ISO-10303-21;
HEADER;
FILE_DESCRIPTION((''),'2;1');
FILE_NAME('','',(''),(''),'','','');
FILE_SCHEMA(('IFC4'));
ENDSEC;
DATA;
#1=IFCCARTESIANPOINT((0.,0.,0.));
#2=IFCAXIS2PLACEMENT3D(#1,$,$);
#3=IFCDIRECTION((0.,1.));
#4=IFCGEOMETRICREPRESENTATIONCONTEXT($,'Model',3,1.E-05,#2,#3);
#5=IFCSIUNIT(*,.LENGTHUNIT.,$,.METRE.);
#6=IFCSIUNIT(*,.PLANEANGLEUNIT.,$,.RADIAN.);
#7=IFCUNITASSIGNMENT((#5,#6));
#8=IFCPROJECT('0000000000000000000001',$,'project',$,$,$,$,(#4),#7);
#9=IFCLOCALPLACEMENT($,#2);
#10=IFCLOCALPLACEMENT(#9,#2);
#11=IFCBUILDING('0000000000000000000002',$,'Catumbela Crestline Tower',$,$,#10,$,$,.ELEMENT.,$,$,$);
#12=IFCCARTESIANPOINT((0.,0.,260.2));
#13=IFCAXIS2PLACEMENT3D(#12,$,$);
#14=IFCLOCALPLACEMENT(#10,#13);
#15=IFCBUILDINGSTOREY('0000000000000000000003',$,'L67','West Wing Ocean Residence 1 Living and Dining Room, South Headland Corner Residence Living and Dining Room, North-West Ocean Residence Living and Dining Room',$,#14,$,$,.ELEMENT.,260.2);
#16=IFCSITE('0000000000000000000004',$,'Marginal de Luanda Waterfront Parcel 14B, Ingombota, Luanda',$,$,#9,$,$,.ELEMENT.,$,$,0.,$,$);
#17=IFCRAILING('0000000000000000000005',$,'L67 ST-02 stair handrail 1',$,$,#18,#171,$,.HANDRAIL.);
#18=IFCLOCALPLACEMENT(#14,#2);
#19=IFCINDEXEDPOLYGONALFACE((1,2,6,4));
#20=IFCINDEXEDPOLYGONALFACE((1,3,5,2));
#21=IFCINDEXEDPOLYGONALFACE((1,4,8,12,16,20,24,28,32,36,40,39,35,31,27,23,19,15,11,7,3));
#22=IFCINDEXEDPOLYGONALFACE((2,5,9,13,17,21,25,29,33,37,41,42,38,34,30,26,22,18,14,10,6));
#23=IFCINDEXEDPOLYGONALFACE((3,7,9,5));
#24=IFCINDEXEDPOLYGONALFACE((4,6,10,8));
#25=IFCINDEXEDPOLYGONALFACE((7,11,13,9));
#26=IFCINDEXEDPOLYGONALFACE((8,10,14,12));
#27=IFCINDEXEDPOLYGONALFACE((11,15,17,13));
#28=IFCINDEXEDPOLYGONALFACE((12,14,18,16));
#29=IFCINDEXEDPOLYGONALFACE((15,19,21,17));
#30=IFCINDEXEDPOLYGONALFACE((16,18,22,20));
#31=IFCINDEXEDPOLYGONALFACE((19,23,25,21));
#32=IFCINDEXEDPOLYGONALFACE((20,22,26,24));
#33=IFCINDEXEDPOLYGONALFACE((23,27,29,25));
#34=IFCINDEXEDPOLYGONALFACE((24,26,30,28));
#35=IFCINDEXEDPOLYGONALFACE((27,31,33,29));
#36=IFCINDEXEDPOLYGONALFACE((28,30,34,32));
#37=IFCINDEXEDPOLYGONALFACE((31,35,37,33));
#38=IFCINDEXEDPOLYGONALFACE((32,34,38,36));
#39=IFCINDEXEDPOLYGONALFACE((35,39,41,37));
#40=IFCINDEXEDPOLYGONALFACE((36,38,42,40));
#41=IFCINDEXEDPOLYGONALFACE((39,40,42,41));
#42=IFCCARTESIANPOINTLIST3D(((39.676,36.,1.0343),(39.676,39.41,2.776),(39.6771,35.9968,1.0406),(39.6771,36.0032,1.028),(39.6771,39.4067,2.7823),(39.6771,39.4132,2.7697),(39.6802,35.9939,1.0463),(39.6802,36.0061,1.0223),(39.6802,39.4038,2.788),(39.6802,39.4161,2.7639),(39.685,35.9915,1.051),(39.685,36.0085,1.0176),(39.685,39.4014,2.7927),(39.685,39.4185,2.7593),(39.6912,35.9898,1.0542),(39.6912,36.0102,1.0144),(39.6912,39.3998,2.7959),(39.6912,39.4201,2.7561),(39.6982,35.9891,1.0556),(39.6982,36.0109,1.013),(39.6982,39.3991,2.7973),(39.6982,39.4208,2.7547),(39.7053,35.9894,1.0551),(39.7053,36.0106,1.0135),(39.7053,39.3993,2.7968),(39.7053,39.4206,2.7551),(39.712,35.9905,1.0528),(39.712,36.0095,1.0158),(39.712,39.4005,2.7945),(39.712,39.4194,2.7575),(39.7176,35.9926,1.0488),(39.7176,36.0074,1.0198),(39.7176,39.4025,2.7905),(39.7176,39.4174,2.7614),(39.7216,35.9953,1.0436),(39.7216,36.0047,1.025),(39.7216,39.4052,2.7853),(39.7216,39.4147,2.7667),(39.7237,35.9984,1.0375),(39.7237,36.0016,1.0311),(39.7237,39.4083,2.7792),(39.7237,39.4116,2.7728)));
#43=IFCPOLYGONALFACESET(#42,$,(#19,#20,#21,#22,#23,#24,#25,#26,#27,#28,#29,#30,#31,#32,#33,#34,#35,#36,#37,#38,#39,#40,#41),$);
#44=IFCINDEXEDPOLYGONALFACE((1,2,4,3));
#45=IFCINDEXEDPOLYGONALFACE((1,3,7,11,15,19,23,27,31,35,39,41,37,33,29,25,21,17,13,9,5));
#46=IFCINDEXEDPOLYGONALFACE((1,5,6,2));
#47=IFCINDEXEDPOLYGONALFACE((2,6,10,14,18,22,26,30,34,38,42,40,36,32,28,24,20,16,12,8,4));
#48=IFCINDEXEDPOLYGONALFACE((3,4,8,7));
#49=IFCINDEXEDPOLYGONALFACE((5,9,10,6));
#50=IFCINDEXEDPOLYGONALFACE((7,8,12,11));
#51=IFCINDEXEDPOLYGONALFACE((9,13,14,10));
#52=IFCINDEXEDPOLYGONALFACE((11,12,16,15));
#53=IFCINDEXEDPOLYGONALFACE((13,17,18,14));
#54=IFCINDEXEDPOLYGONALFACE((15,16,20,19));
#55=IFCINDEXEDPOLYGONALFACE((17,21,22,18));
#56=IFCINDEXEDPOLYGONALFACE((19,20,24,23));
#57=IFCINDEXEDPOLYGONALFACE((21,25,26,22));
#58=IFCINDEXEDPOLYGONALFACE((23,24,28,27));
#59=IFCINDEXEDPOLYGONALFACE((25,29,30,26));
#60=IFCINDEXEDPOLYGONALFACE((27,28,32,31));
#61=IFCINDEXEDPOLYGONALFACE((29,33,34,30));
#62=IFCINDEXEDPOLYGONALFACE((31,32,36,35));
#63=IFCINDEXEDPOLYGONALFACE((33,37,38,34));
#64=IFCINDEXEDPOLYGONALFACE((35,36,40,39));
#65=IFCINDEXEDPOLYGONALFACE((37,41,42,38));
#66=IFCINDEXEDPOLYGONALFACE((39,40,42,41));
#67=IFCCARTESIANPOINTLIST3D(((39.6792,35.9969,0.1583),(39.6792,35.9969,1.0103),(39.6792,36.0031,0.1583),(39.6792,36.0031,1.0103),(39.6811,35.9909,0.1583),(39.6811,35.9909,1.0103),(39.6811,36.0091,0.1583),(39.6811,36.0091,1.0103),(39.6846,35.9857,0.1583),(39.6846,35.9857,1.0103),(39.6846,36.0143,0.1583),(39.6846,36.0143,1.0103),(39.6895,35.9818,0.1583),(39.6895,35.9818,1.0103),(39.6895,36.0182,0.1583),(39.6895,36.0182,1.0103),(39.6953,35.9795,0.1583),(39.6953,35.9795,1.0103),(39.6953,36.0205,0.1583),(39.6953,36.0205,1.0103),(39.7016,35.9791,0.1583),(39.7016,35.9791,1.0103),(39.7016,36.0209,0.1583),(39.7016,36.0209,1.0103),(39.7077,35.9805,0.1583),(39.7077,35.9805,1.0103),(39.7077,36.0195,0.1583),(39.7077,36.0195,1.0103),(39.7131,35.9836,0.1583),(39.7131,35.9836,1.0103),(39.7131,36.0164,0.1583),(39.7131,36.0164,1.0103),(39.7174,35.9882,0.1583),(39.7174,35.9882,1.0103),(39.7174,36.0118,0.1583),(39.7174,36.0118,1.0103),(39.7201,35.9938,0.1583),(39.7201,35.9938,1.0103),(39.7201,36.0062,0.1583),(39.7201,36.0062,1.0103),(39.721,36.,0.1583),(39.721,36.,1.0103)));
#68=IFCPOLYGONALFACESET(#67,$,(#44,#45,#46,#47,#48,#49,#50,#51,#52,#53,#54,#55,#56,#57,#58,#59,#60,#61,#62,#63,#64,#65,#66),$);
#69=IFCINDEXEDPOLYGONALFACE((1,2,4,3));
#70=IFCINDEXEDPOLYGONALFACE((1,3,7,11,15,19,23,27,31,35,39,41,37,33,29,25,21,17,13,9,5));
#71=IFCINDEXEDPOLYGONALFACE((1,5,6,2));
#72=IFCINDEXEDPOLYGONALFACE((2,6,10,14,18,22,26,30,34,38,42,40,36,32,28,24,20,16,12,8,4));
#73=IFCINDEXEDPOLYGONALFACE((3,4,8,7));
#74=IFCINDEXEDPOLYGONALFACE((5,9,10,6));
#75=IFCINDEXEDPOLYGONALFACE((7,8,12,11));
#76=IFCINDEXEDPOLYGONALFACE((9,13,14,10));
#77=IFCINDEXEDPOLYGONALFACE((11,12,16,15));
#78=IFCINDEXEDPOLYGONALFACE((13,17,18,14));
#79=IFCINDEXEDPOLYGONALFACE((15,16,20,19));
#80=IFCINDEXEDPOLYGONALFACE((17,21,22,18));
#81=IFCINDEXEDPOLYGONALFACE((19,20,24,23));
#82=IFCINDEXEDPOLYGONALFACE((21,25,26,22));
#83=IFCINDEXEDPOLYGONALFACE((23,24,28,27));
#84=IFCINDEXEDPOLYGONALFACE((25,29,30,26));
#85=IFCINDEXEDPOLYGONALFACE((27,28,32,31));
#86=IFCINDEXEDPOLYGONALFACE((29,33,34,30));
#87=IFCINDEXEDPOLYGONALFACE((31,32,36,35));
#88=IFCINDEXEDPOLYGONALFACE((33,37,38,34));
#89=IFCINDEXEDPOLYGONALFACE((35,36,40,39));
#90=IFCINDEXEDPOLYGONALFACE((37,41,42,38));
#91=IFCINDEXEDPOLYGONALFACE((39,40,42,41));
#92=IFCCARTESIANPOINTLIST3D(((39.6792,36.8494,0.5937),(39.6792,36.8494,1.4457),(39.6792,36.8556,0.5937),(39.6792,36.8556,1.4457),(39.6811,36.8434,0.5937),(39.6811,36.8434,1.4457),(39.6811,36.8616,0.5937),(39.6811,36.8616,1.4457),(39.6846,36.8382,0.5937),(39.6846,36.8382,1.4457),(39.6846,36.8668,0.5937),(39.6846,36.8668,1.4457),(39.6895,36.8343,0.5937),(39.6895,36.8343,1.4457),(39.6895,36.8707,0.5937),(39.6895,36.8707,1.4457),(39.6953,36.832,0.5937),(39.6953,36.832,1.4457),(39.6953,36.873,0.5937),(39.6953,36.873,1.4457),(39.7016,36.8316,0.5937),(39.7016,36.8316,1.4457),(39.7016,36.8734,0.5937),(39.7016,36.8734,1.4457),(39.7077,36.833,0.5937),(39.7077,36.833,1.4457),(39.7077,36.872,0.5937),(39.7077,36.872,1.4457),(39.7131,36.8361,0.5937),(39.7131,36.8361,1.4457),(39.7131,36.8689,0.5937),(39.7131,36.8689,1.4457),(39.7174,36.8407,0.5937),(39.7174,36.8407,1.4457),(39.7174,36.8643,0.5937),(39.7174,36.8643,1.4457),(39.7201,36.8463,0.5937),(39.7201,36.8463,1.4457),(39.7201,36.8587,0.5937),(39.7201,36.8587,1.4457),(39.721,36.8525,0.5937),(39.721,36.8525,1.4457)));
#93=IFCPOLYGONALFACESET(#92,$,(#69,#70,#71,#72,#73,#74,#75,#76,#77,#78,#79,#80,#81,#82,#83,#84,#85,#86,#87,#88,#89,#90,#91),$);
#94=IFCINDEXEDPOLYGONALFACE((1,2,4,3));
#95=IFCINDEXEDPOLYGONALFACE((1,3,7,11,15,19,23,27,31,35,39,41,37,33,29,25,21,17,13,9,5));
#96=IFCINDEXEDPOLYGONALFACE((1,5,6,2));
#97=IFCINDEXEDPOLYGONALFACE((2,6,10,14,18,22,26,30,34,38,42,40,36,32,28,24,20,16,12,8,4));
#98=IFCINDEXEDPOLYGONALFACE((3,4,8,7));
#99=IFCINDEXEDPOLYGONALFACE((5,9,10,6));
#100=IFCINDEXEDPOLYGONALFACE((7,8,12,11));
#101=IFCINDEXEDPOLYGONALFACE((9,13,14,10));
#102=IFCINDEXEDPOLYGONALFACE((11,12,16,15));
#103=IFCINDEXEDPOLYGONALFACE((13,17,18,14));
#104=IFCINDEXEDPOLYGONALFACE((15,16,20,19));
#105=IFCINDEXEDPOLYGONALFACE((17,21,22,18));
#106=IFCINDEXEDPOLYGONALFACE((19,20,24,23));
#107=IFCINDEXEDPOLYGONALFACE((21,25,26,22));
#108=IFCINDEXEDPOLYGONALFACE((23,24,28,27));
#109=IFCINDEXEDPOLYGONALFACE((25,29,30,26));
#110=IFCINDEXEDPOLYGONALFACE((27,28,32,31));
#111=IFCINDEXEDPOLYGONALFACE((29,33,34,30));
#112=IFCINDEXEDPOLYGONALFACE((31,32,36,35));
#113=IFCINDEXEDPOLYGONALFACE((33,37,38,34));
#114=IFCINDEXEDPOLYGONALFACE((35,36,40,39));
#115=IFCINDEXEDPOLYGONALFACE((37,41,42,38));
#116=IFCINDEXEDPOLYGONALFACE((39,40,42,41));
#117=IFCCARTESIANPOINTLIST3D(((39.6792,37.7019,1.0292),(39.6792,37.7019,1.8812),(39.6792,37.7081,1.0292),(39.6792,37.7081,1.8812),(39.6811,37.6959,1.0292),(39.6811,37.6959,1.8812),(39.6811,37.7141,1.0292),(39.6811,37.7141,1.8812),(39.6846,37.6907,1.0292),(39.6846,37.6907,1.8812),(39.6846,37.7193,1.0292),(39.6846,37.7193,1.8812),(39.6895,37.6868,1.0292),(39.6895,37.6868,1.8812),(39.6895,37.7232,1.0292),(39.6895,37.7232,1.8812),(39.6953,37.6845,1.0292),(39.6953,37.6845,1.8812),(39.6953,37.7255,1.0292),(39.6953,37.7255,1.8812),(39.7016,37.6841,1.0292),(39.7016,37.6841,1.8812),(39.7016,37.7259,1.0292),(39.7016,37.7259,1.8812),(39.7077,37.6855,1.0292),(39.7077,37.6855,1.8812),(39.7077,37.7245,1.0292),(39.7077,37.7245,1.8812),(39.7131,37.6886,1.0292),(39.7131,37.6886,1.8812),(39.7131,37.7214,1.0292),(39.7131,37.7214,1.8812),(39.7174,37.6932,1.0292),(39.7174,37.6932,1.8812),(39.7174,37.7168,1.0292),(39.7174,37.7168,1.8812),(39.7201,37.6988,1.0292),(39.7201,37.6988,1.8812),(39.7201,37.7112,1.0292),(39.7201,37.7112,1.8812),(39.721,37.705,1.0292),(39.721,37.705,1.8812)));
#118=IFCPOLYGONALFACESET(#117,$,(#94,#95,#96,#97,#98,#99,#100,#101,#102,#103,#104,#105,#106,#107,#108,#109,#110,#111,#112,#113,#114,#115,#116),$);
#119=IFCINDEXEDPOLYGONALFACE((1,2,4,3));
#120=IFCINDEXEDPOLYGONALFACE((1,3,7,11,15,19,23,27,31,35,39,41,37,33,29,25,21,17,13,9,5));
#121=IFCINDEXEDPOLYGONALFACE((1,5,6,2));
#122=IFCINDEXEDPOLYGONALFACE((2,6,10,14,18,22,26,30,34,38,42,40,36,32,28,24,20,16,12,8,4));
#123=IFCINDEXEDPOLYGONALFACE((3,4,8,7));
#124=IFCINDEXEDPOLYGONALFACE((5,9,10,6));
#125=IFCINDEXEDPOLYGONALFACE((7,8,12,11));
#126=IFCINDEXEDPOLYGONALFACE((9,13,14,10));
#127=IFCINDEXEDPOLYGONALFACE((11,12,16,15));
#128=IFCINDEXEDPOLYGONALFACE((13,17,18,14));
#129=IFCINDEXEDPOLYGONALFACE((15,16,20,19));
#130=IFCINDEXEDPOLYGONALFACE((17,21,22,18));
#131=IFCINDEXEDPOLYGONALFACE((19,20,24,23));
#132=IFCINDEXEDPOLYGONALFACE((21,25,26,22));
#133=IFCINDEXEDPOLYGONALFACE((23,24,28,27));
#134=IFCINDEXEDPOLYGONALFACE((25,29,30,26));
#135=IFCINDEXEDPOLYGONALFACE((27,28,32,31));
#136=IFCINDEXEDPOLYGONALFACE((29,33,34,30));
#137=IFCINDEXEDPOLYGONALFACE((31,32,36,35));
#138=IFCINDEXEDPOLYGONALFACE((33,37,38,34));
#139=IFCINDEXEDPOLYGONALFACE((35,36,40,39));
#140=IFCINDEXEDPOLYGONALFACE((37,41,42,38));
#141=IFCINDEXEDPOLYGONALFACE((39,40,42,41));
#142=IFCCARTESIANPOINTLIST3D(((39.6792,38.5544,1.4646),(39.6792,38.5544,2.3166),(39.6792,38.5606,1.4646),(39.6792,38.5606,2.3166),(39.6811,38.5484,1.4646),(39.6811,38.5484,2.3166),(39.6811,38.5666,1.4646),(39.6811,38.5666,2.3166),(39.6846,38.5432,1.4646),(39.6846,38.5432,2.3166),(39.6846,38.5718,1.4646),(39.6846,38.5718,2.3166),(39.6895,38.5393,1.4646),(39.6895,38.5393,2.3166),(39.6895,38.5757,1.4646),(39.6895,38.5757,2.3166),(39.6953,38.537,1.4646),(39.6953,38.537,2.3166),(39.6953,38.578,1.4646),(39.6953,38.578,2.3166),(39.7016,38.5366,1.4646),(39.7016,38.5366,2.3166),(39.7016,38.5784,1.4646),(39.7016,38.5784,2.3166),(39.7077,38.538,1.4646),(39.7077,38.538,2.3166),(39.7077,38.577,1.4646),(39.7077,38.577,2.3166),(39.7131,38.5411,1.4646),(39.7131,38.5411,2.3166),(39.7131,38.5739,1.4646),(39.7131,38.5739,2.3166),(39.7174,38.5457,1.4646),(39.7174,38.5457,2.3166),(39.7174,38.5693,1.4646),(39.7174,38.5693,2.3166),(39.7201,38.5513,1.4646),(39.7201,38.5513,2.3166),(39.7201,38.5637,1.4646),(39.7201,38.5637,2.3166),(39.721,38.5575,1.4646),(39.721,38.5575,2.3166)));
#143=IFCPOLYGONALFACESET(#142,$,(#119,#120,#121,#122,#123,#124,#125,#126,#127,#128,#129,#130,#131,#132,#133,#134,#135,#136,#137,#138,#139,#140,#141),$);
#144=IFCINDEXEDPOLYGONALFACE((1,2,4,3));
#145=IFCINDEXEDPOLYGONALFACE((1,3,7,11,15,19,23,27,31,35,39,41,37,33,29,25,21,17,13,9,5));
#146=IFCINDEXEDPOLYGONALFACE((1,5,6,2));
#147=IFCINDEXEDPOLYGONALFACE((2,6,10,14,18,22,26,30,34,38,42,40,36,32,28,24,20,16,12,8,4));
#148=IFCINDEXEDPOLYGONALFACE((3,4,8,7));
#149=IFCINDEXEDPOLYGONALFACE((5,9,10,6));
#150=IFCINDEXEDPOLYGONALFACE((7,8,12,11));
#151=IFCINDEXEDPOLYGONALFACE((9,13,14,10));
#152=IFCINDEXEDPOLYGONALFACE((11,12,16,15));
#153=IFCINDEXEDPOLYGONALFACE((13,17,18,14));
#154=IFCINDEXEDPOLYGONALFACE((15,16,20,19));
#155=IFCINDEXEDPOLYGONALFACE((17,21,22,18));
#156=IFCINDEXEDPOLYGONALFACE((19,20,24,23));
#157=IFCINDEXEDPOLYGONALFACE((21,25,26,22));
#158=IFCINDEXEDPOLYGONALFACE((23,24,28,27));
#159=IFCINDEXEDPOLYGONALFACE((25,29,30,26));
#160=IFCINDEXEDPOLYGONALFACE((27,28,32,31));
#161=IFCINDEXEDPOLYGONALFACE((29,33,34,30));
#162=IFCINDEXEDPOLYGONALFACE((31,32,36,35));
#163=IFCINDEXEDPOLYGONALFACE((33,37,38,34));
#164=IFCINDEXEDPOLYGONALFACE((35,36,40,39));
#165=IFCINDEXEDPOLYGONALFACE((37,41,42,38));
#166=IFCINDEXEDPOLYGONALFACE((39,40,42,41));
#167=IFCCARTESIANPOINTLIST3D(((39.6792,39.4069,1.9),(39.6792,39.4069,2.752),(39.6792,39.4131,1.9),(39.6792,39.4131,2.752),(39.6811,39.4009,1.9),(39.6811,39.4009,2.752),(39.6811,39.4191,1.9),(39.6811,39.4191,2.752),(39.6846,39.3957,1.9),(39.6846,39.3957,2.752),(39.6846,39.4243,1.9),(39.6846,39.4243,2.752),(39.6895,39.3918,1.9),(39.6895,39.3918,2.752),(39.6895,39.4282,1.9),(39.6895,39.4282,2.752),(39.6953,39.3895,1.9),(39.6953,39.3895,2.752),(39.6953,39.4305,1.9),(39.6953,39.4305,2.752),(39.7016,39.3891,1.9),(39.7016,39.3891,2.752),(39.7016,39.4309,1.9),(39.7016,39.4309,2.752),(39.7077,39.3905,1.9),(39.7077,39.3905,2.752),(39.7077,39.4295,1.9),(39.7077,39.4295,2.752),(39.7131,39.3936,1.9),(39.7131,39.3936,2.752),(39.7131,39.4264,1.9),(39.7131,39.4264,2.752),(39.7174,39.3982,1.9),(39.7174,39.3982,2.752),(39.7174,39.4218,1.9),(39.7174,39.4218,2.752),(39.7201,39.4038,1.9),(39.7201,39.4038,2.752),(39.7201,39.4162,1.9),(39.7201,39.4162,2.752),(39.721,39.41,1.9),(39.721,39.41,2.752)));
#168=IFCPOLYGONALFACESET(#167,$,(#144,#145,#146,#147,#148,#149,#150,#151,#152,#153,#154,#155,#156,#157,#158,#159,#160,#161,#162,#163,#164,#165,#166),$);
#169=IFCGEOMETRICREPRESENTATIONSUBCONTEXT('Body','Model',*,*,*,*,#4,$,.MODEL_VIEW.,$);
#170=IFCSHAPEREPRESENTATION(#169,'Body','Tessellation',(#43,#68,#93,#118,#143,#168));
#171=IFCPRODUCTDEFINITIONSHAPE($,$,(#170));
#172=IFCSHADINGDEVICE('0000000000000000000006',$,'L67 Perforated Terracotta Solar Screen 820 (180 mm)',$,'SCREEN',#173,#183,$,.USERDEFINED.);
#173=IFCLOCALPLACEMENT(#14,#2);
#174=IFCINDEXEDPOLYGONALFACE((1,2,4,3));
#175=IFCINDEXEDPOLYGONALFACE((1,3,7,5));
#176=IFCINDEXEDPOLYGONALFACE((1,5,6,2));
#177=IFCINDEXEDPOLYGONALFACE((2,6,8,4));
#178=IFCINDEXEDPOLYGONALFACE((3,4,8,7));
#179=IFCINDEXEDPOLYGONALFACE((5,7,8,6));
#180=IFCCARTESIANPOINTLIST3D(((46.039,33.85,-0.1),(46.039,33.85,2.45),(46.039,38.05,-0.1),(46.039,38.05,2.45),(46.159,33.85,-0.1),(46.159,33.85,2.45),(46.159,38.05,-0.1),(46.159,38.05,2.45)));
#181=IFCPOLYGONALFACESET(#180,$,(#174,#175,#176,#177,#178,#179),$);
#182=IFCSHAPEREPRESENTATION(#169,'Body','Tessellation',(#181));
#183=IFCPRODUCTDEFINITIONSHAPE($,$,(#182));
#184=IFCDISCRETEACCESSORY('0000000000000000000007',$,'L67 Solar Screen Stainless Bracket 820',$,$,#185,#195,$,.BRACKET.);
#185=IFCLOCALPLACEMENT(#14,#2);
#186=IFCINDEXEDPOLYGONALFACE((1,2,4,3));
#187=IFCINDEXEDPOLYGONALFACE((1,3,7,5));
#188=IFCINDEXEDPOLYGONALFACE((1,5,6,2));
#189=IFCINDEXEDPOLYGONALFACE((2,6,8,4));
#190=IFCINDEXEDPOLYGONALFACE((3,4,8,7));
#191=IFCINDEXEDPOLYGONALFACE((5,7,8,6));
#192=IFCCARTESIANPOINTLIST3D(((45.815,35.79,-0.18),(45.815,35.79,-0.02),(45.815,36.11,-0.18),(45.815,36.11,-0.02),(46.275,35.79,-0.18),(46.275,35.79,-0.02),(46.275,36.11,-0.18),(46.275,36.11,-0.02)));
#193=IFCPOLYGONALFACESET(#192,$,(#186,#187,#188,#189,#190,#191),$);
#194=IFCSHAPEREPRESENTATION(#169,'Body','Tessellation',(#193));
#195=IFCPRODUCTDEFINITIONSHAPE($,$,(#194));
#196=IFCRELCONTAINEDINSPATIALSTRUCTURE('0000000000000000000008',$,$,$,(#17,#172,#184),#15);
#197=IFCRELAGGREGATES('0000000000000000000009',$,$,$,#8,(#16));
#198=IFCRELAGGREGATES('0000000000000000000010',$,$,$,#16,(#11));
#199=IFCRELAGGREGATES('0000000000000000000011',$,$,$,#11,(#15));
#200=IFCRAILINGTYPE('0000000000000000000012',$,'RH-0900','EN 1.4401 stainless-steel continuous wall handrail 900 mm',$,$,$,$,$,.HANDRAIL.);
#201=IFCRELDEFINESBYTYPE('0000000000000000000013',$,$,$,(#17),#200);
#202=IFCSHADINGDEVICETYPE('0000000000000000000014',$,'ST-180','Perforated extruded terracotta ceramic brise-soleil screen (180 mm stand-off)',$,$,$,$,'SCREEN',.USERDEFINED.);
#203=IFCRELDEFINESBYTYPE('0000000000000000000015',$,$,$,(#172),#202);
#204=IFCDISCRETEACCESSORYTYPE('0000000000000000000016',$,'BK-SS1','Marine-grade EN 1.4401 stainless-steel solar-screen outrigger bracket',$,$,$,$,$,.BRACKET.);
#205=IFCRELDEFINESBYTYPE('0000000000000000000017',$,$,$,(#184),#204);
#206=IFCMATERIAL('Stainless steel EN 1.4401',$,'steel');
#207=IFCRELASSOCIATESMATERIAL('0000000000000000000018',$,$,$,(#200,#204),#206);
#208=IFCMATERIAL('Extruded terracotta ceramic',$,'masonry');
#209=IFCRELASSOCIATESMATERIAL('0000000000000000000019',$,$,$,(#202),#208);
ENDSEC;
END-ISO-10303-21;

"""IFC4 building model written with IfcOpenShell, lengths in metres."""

from ifc_helpers import new_model, si_unit, direction, frame, origin, origin_2d, place, context, subcontext, project, spatial, rectangle, circle, extrude, material, type_object, element, save


model = new_model("IFC4")

# Units and contexts
model_context = context("Model", 3, precision=1e-05, world=origin(), true_north=direction((0.0, 1.0)))
body_context = subcontext(model_context, "Body", "Model", "MODEL_VIEW")
ifc_project = project(units=[si_unit("LENGTHUNIT", "METRE"), si_unit("PLANEANGLEUNIT", "RADIAN")], contexts=[model_context])

# Site, building, storey
site_placement = place(None, origin())
site = spatial("IfcSite", under=ifc_project, at=site_placement, Name="Marginal de Luanda Waterfront Parcel 14B, Ingombota, Luanda", CompositionType="ELEMENT", RefElevation=0.0)
building_placement = place(site_placement, origin())
building = spatial("IfcBuilding", under=site, at=building_placement, Name="Catumbela Crestline Tower", CompositionType="ELEMENT")
storey_placement = place(building_placement, frame((0.0, 0.0, 260.2)))
storey = spatial("IfcBuildingStorey", under=building, at=storey_placement, Name="L67", Description="West Wing Ocean Residence 1 Living and Dining Room, South Headland Corner Residence Living and Dining Room, North-West Ocean Residence Living and Dining Room", CompositionType="ELEMENT", Elevation=260.2)

# Railing
ifc_material_1 = material(Name="Stainless steel EN 1.4401", Category="steel")
railing_type_1 = type_object("IfcRailingType", Name="RH-0900", Description="EN 1.4401 stainless-steel continuous wall handrail 900 mm", PredefinedType="HANDRAIL", material=ifc_material_1)
railing_1_placement = place(storey_placement, frame((39.7, 36.0, 0.1583)))
element("IfcRailing", 1, at=railing_1_placement, inside=storey, type_object=railing_type_1, Name="L67 ST-02 stair handrail 1", PredefinedType="HANDRAIL", context=body_context, shape_type="SweptSolid", body=[
    extrude(circle(Radius=0.024, at=origin_2d()), frame((0.0, 0.0, 0.876), z_axis=(0.0, 0.89056, 0.454865), x_axis=(-1.0, 0.0, 0.0)), (0.0, 0.0, 1.0), 3.829),
    extrude(circle(Radius=0.021, at=origin_2d()), origin(), (0.0, 0.0, 1.0), 0.852),
    extrude(circle(Radius=0.021, at=origin_2d()), frame((0.0, 0.8525, 0.4354)), (0.0, 0.0, 1.0), 0.852),
    extrude(circle(Radius=0.021, at=origin_2d()), frame((0.0, 1.705, 0.8709)), (0.0, 0.0, 1.0), 0.852),
    extrude(circle(Radius=0.021, at=origin_2d()), frame((0.0, 2.5575, 1.3063)), (0.0, 0.0, 1.0), 0.852),
    extrude(circle(Radius=0.021, at=origin_2d()), frame((0.0, 3.41, 1.7417)), (0.0, 0.0, 1.0), 0.852),
])

# Shading device
ifc_material_2 = material(Name="Extruded terracotta ceramic", Category="masonry")
shading_device_type = type_object("IfcShadingDeviceType", Name="ST-180", Description="Perforated extruded terracotta ceramic brise-soleil screen (180 mm stand-off)", ElementType="SCREEN", PredefinedType="USERDEFINED", material=ifc_material_2)
shading_device_placement = place(storey_placement, frame((46.099, 35.95, -0.1), z_axis=(0.0, 0.0, 1.0), x_axis=(0.0, 1.0, 0.0)))
element("IfcShadingDevice", 2, at=shading_device_placement, inside=storey, type_object=shading_device_type, Name="L67 Perforated Terracotta Solar Screen 820 (180 mm)", ObjectType="SCREEN", PredefinedType="USERDEFINED", context=body_context, shape_type="SweptSolid", body=[
    extrude(rectangle(XDim=4.2, YDim=0.12, at=origin_2d()), origin(), (0.0, 0.0, 1.0), 2.55),
])

# Discrete accessory
discrete_accessory_type = type_object("IfcDiscreteAccessoryType", Name="BK-SS1", Description="Marine-grade EN 1.4401 stainless-steel solar-screen outrigger bracket", PredefinedType="BRACKET", material=ifc_material_1)
discrete_accessory_placement = place(storey_placement, frame((46.045, 35.95, -0.18), z_axis=(0.0, 0.0, 1.0), x_axis=(0.0, 1.0, 0.0)))
element("IfcDiscreteAccessory", 3, at=discrete_accessory_placement, inside=storey, type_object=discrete_accessory_type, Name="L67 Solar Screen Stainless Bracket 820", PredefinedType="BRACKET", context=body_context, shape_type="SweptSolid", body=[
    extrude(rectangle(XDim=0.32, YDim=0.46, at=origin_2d()), origin(), (0.0, 0.0, 1.0), 0.16),
])

save(model, "model.ifc")
